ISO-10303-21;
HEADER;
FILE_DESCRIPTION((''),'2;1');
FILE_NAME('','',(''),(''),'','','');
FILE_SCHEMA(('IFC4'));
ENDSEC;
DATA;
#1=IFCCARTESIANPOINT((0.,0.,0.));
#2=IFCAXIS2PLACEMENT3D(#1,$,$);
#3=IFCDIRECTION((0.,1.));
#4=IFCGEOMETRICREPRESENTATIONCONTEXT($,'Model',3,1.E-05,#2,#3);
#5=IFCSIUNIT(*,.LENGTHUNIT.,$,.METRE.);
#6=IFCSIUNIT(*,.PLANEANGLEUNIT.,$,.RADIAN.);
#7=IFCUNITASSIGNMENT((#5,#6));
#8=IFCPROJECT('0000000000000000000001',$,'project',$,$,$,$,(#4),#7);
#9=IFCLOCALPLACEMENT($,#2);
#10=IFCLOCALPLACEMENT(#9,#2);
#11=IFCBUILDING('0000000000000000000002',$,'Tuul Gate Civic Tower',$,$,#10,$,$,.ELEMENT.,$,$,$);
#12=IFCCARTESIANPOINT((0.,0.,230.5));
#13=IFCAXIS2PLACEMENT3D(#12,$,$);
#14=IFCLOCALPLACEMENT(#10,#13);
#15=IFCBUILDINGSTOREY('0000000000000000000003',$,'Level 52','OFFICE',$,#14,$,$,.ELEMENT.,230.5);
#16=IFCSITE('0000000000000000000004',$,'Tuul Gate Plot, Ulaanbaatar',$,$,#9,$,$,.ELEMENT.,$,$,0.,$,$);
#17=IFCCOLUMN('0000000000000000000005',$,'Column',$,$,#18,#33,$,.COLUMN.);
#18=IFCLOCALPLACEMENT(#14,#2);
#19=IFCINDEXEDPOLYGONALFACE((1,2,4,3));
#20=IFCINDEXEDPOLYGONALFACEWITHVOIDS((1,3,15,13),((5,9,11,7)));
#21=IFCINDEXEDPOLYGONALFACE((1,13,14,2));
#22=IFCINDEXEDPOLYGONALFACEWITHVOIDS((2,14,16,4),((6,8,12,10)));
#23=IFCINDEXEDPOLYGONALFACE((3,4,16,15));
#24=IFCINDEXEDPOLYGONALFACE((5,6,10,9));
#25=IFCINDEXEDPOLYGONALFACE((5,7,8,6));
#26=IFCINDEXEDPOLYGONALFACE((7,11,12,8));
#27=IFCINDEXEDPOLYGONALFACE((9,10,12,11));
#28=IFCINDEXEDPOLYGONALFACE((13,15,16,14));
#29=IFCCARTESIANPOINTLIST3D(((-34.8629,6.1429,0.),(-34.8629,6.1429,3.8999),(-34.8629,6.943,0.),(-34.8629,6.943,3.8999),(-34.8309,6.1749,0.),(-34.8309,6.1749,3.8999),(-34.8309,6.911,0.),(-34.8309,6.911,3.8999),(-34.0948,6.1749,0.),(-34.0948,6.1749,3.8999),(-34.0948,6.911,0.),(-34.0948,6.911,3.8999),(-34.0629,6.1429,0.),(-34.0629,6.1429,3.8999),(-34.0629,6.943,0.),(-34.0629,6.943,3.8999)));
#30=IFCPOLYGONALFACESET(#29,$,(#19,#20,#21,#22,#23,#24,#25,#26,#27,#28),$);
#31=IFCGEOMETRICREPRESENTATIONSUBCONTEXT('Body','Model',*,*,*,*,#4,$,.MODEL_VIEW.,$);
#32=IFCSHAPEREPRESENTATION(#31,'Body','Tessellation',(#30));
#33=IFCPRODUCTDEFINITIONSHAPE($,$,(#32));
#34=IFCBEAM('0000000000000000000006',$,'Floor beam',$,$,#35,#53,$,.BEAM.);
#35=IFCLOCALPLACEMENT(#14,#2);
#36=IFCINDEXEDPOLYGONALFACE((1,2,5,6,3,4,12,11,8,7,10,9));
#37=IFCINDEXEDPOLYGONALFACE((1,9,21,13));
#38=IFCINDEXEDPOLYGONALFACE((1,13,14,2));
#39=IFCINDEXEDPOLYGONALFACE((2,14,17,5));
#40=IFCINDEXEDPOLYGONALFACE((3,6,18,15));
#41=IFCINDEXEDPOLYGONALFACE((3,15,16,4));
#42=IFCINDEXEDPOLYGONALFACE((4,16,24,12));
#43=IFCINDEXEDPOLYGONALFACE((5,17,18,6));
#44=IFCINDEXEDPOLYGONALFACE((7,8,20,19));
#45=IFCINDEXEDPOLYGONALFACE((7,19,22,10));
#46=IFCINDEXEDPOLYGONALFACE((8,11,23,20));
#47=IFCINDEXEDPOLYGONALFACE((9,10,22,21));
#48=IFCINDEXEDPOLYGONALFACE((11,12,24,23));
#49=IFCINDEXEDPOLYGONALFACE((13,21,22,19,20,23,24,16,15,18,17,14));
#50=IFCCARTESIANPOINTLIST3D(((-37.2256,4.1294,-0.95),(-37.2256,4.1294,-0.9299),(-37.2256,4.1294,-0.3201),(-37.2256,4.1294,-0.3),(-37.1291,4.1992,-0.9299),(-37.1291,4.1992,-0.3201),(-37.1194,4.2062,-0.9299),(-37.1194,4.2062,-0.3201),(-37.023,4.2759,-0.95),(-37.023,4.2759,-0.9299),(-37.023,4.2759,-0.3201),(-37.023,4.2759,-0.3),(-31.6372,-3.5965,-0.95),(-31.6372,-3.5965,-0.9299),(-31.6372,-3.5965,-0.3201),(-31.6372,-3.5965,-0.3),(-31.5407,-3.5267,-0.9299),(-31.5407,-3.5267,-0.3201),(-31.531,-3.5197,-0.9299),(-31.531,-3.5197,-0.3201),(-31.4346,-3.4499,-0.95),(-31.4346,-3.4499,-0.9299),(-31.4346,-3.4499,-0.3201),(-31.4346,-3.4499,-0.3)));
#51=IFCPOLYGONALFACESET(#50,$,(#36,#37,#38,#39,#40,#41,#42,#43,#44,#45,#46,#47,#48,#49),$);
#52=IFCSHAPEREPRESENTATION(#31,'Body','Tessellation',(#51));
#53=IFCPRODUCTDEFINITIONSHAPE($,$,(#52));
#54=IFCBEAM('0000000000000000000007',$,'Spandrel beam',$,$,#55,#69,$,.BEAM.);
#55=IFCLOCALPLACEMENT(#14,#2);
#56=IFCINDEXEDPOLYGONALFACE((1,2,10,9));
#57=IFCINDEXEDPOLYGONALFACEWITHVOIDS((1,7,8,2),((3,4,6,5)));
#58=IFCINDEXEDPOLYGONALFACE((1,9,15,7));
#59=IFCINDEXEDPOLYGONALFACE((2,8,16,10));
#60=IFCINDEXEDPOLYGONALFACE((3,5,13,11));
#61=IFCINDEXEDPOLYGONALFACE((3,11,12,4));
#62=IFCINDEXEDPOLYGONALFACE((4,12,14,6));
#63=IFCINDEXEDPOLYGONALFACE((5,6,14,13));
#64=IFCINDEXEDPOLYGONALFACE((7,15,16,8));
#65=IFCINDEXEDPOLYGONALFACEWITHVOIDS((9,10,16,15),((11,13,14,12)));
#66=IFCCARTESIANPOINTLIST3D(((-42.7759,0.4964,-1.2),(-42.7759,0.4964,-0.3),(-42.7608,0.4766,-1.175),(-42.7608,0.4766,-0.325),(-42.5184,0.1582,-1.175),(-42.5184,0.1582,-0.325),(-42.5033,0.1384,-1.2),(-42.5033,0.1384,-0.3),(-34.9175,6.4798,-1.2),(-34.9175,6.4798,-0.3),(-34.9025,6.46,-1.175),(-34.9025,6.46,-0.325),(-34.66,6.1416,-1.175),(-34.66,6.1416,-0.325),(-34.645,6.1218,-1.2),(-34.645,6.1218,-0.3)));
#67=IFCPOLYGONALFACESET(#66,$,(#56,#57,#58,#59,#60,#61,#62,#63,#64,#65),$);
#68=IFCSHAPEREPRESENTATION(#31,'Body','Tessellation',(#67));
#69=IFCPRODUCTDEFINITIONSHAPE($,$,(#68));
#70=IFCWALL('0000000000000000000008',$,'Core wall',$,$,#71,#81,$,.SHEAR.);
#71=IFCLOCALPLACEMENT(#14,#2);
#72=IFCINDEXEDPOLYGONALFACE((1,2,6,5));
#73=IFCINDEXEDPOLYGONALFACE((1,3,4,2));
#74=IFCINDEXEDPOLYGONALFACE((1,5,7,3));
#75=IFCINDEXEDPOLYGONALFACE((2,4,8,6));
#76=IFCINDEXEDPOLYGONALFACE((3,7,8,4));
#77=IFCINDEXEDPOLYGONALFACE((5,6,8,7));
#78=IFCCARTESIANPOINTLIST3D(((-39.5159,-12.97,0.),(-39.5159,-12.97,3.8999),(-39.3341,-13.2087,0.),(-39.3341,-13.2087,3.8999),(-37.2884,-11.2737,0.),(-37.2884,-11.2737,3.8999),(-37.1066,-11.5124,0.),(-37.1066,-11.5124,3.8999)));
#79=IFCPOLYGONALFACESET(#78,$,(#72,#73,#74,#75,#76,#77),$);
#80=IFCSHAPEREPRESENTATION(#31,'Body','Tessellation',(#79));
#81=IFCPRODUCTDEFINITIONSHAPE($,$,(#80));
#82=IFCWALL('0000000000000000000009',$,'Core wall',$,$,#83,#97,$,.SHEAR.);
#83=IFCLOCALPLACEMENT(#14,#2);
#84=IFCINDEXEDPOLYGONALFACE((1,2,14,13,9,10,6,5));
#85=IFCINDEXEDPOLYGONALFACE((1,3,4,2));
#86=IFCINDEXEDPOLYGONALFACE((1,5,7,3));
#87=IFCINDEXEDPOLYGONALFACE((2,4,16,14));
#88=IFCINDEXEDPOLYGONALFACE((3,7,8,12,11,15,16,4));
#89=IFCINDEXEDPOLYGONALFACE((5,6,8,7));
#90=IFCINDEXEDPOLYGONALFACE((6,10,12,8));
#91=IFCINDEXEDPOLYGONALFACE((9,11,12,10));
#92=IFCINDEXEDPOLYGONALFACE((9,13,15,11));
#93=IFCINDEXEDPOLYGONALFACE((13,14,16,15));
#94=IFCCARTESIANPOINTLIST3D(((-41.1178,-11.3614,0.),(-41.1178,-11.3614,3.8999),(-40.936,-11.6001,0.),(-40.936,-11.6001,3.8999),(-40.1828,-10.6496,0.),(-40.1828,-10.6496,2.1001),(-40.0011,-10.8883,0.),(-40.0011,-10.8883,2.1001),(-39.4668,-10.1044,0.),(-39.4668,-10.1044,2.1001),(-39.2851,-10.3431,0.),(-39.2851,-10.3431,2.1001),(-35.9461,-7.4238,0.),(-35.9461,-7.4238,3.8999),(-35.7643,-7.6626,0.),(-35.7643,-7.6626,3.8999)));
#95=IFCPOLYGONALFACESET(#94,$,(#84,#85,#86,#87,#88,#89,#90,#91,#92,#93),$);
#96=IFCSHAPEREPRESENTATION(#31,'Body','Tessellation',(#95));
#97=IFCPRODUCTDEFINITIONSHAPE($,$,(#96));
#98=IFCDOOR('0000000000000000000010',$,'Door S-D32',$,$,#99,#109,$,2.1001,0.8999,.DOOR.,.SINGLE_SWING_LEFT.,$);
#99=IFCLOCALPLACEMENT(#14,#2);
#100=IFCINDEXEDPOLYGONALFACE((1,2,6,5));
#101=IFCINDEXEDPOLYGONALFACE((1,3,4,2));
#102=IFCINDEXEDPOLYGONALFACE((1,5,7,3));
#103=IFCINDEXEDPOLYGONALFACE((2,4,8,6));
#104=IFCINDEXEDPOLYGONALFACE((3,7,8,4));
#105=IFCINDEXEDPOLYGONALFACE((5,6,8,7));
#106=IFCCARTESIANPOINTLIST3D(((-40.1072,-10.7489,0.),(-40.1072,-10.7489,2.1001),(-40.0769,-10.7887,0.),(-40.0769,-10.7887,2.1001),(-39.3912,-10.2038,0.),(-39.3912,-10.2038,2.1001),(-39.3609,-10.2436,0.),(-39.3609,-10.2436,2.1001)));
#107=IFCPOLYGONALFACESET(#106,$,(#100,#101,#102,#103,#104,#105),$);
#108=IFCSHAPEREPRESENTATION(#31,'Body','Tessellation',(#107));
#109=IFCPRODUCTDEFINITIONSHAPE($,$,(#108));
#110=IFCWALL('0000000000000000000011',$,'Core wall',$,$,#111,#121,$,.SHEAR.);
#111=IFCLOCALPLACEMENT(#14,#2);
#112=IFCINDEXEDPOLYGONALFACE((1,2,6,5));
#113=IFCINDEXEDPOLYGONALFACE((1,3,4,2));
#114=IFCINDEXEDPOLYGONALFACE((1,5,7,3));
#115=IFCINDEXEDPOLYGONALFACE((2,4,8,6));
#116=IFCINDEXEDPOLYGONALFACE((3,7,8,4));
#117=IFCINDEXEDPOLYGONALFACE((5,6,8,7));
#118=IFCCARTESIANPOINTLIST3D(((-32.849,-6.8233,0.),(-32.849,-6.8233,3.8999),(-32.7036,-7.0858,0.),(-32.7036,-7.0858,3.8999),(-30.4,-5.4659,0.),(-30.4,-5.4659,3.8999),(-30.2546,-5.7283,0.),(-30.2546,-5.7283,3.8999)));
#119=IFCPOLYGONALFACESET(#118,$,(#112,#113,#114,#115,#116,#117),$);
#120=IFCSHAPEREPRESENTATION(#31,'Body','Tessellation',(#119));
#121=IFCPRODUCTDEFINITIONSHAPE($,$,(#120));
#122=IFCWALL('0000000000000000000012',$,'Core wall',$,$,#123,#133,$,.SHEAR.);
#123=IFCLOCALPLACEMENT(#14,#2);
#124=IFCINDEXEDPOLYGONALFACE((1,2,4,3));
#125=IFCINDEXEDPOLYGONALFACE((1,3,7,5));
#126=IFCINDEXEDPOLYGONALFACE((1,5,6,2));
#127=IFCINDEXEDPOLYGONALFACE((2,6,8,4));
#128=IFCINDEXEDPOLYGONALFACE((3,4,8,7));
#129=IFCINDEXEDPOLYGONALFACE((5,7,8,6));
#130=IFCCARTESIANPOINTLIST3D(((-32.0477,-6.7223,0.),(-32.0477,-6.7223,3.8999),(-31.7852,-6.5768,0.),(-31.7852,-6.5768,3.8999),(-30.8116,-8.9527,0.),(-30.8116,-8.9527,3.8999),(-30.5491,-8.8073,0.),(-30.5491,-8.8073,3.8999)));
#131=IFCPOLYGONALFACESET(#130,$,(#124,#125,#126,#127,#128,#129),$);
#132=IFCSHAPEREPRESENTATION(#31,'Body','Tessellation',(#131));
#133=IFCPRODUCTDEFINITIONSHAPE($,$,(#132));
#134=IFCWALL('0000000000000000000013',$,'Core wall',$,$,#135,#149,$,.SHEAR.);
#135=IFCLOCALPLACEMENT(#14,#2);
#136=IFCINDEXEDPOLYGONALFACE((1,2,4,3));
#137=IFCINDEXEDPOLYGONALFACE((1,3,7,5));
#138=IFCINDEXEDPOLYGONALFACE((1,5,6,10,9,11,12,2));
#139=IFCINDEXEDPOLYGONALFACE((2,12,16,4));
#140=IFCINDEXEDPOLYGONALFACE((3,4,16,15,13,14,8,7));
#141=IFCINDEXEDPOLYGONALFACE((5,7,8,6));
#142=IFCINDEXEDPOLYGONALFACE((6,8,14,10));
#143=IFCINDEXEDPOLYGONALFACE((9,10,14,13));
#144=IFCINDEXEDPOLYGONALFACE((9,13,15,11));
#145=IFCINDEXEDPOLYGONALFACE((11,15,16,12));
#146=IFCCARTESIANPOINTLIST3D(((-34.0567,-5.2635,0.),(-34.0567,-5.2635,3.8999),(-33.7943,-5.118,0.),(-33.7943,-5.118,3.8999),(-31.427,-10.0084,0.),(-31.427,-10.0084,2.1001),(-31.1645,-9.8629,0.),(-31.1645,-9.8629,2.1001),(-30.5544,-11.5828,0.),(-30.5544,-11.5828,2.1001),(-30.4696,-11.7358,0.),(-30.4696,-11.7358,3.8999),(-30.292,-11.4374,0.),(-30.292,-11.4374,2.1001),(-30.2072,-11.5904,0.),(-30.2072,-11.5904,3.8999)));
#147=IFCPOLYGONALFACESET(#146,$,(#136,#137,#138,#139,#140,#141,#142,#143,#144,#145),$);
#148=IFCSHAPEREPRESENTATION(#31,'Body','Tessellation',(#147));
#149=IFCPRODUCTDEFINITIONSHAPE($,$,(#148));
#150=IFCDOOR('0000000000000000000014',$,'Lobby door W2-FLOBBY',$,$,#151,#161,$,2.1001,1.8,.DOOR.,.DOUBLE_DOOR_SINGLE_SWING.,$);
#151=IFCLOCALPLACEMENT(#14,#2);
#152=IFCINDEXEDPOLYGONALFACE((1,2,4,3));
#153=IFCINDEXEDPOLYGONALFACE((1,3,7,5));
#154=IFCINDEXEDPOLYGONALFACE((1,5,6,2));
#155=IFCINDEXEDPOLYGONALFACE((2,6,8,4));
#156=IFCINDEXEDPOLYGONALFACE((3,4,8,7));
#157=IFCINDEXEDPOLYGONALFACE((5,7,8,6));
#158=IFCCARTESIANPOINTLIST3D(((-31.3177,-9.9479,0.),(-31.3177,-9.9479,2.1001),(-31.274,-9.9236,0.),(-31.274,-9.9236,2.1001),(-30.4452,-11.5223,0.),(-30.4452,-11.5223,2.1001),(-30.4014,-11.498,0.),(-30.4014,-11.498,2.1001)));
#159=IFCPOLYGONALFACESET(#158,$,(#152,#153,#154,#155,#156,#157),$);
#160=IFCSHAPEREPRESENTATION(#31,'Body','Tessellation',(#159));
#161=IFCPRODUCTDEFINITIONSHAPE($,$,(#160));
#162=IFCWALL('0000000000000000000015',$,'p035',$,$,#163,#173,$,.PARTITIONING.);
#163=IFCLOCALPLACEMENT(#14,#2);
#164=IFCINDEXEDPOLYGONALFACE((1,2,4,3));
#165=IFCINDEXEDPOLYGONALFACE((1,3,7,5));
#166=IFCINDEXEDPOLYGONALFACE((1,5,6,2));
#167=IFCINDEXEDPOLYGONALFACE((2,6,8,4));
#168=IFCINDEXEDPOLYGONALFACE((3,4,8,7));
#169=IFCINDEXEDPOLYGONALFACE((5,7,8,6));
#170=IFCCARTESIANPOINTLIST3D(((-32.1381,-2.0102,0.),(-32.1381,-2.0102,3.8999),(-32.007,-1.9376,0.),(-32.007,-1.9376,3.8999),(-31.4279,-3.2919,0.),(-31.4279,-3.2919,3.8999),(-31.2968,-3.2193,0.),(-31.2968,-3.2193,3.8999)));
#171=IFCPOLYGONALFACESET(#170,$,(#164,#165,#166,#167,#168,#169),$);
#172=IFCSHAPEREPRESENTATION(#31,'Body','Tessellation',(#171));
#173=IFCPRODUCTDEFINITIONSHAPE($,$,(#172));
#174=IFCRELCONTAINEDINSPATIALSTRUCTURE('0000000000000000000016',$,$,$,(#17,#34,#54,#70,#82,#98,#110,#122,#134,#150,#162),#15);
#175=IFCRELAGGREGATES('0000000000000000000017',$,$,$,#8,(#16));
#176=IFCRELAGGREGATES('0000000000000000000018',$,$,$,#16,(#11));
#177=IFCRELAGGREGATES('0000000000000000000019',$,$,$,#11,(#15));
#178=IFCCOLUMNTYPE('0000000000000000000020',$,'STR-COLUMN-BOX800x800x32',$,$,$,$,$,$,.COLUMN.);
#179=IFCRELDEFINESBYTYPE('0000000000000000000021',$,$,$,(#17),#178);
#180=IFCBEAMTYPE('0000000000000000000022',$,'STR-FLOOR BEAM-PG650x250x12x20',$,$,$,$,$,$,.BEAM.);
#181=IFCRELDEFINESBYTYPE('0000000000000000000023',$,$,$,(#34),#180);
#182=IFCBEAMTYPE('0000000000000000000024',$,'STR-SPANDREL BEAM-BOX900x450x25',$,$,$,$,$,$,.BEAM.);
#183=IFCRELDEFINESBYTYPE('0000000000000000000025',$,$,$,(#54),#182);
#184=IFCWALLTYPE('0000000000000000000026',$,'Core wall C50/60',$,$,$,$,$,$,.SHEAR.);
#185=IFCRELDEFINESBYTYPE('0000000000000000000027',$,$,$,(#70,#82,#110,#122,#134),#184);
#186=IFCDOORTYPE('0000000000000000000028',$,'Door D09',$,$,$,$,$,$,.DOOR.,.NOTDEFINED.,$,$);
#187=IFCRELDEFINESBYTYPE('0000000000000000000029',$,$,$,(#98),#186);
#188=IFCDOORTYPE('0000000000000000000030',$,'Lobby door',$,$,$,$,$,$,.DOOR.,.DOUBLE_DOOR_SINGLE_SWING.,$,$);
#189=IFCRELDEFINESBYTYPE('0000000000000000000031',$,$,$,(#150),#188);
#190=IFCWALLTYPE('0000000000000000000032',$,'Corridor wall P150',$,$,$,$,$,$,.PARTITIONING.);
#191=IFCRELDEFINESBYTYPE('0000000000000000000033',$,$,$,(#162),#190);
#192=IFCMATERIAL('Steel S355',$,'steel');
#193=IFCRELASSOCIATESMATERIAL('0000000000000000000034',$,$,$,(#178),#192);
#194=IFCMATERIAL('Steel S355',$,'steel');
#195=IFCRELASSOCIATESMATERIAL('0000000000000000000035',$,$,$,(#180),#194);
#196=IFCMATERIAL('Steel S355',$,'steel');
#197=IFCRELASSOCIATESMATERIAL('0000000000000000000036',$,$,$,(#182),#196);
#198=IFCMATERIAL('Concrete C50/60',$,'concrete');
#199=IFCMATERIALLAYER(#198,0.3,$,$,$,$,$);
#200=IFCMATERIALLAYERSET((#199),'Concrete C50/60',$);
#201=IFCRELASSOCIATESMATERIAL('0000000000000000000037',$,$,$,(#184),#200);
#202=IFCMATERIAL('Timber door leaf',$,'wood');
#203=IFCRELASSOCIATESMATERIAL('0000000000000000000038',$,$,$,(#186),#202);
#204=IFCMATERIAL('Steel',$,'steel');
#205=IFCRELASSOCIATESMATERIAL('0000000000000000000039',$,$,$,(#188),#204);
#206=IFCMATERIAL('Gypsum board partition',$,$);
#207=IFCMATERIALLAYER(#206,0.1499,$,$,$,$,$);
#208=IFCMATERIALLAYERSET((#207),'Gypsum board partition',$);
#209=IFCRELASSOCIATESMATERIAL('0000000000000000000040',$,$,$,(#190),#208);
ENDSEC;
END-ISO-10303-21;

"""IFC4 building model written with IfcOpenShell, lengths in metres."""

from ifc_helpers import new_model, si_unit, direction, frame, frame_2d, origin, origin_2d, place, context, subcontext, project, spatial, rectangle, hollow_rectangle, i_section, extrude, material, layer, layer_set, material_profile, profile_set, type_object, element, fill, save


model = new_model("IFC4")

# Units and contexts
model_context = context("Model", 3, precision=1e-05, world=origin(), true_north=direction((0.0, 1.0)))
body_context = subcontext(model_context, "Body", "Model", "MODEL_VIEW")
ifc_project = project(units=[si_unit("LENGTHUNIT", "METRE"), si_unit("PLANEANGLEUNIT", "RADIAN")], contexts=[model_context])

# Site, building, storey
site_placement = place(None, origin())
site = spatial("IfcSite", under=ifc_project, at=site_placement, Name="Tuul Gate Plot, Ulaanbaatar", CompositionType="ELEMENT", RefElevation=0.0)
building_placement = place(site_placement, origin())
building = spatial("IfcBuilding", under=site, at=building_placement, Name="Tuul Gate Civic Tower", CompositionType="ELEMENT")
storey_placement = place(building_placement, frame((0.0, 0.0, 230.5)))
storey = spatial("IfcBuildingStorey", under=building, at=storey_placement, Name="Level 52", Description="OFFICE", CompositionType="ELEMENT", Elevation=230.5)

# Column
ifc_material_1 = material(Name="Steel S355", Category="steel")
ifc_material_profile_1 = material_profile(ifc_material_1, hollow_rectangle(XDim=0.8, YDim=0.8, WallThickness=0.032, at=origin_2d()), Name="BOX800x800x32")
ifc_profile_set_1 = profile_set([ifc_material_profile_1], Name="Steel S355")
column_type = type_object("IfcColumnType", Name="STR-COLUMN-BOX800x800x32", PredefinedType="COLUMN", material=ifc_profile_set_1)
column_placement = place(storey_placement, frame((-34.4629, 6.543, 0.0), z_axis=(0.0, 0.0, 1.0), x_axis=(1.0, 0.0, 0.0)))
element("IfcColumn", 1, at=column_placement, inside=storey, type_object=column_type, Name="Column", PredefinedType="COLUMN", context=body_context, shape_type="SweptSolid", body=[
    extrude(hollow_rectangle(XDim=0.8, YDim=0.8, WallThickness=0.032, at=origin_2d()), origin(), (0.0, 0.0, 1.0), 3.8999),
])

# Beams
ifc_material_2 = material(Name="Steel S355", Category="steel")
ifc_material_profile_2 = material_profile(ifc_material_2, i_section(OverallWidth=0.25, OverallDepth=0.6499, WebThickness=0.012, FlangeThickness=0.02, at=origin_2d()), Name="PG650x250x12x20")
ifc_profile_set_2 = profile_set([ifc_material_profile_2], Name="Steel S355")
beam_type_1 = type_object("IfcBeamType", Name="STR-FLOOR BEAM-PG650x250x12x20", PredefinedType="BEAM", material=ifc_profile_set_2)
beam_1_placement = place(storey_placement, frame((-31.5359, -3.5232, -0.625), z_axis=(-0.586084, 0.81025, 0.0), x_axis=(-0.81025, -0.586084, 0.0)))
element("IfcBeam", 2, at=beam_1_placement, inside=storey, type_object=beam_type_1, Name="Floor beam", PredefinedType="BEAM", context=body_context, shape_type="SweptSolid", body=[
    extrude(i_section(OverallWidth=0.25, OverallDepth=0.6499, WebThickness=0.012, FlangeThickness=0.02, at=origin_2d()), origin(), (0.0, 0.0, 1.0), 9.5352),
])
ifc_material_3 = material(Name="Steel S355", Category="steel")
ifc_material_profile_3 = material_profile(ifc_material_3, hollow_rectangle(XDim=0.45, YDim=0.8999, WallThickness=0.0249, at=origin_2d()), Name="BOX900x450x25")
ifc_profile_set_3 = profile_set([ifc_material_profile_3], Name="Steel S355")
beam_type_2 = type_object("IfcBeamType", Name="STR-SPANDREL BEAM-BOX900x450x25", PredefinedType="BEAM", material=ifc_profile_set_3)
beam_2_placement = place(storey_placement, frame((-34.7812, 6.3008, -0.75), z_axis=(-0.795625, -0.60579, 0.0), x_axis=(0.60579, -0.795625, 0.0)))
element("IfcBeam", 3, at=beam_2_placement, inside=storey, type_object=beam_type_2, Name="Spandrel beam", PredefinedType="BEAM", context=body_context, shape_type="SweptSolid", body=[
    extrude(hollow_rectangle(XDim=0.45, YDim=0.8999, WallThickness=0.0249, at=origin_2d()), origin(), (0.0, 0.0, 1.0), 9.877),
])

# Wall
ifc_material_4 = material(Name="Concrete C50/60", Category="concrete")
ifc_layer_1 = layer(ifc_material_4, 0.3)
ifc_layer_set_1 = layer_set([ifc_layer_1], Name="Concrete C50/60")
wall_type_1 = type_object("IfcWallType", Name="Core wall C50/60", PredefinedType="SHEAR", material=ifc_layer_set_1)
wall_1_placement = place(storey_placement, frame((-37.1975, -11.3931, 0.0), z_axis=(0.0, 0.0, 1.0), x_axis=(-0.795584, -0.605844, 0.0)))
element("IfcWall", 4, at=wall_1_placement, inside=storey, type_object=wall_type_1, Name="Core wall", PredefinedType="SHEAR", context=body_context, shape_type="SweptSolid", body=[
    extrude(rectangle(XDim=2.7998, YDim=0.3, at=frame_2d((1.3999, 0.0))), origin(), (0.0, 0.0, 1.0), 3.8999),
])

# Wall, opening, door
wall_2_placement = place(storey_placement, frame((-35.8552, -7.5432, 0.0), z_axis=(0.0, 0.0, 1.0), x_axis=(-0.795639, -0.605772, 0.0)))
wall_2 = element("IfcWall", 5, at=wall_2_placement, inside=storey, type_object=wall_type_1, Name="Core wall", PredefinedType="SHEAR", context=body_context, shape_type="SweptSolid", body=[
    extrude(rectangle(XDim=6.5, YDim=0.3, at=frame_2d((3.25, 0.0))), origin(), (0.0, 0.0, 1.0), 3.8999),
])
opening_1_placement = place(wall_2_placement, frame((4.425, 0.0, 0.0)))
opening_1 = element("IfcOpeningElement", 6, at=opening_1_placement, cuts=wall_2, PredefinedType="OPENING", context=body_context, shape_type="SweptSolid", body=[
    extrude(rectangle(XDim=0.8999, YDim=2.1001, at=frame_2d((0.45, 1.05))), frame((0.0, 0.1602, 0.0), z_axis=(0.0, -1.0, 0.0), x_axis=(1.0, 0.0, 0.0)), (0.0, 0.0, 1.0), 0.3201),
])
ifc_material_5 = material(Name="Timber door leaf", Category="wood")
door_type_1 = type_object("IfcDoorType", Name="Door D09", OperationType="NOTDEFINED", PredefinedType="DOOR", material=ifc_material_5)
door_1_placement = place(opening_1_placement, origin())
door_1 = element("IfcDoor", 7, at=door_1_placement, inside=storey, type_object=door_type_1, Name="Door S-D32", OperationType="SINGLE_SWING_LEFT", OverallHeight=2.1001, OverallWidth=0.8999, PredefinedType="DOOR", context=body_context, shape_type="SweptSolid", body=[
    extrude(rectangle(XDim=0.8999, YDim=2.1001, at=frame_2d((0.45, 1.05))), frame((0.0, 0.0249, 0.0), z_axis=(0.0, -1.0, 0.0), x_axis=(1.0, 0.0, 0.0)), (0.0, 0.0, 1.0), 0.05),
])
fill(opening_1, door_1)

# Walls
wall_3_placement = place(storey_placement, frame((-30.3274, -5.5972, 0.0), z_axis=(0.0, 0.0, 1.0), x_axis=(-0.87463, -0.484791, 0.0)))
element("IfcWall", 8, at=wall_3_placement, inside=storey, type_object=wall_type_1, Name="Core wall", PredefinedType="SHEAR", context=body_context, shape_type="SweptSolid", body=[
    extrude(rectangle(XDim=2.8, YDim=0.3, at=frame_2d((1.3999, 0.0))), origin(), (0.0, 0.0, 1.0), 3.8999),
])
wall_4_placement = place(storey_placement, frame((-30.6804, -8.8799, 0.0), z_axis=(0.0, 0.0, 1.0), x_axis=(-0.484724, 0.874667, 0.0)))
element("IfcWall", 9, at=wall_4_placement, inside=storey, type_object=wall_type_1, Name="Core wall", PredefinedType="SHEAR", context=body_context, shape_type="SweptSolid", body=[
    extrude(rectangle(XDim=2.55, YDim=0.3, at=frame_2d((1.2749, 0.0))), origin(), (0.0, 0.0, 1.0), 3.8999),
])

# Wall, opening, door
wall_5_placement = place(storey_placement, frame((-30.3384, -11.6631, 0.0), z_axis=(0.0, 0.0, 1.0), x_axis=(-0.484752, 0.874652, 0.0)))
wall_5 = element("IfcWall", 10, at=wall_5_placement, inside=storey, type_object=wall_type_1, Name="Core wall", PredefinedType="SHEAR", context=body_context, shape_type="SweptSolid", body=[
    extrude(rectangle(XDim=7.3999, YDim=0.3, at=frame_2d((3.7, 0.0))), origin(), (0.0, 0.0, 1.0), 3.8999),
])
opening_2_placement = place(wall_5_placement, frame((0.175, 0.0, 0.0)))
opening_2 = element("IfcOpeningElement", 11, at=opening_2_placement, cuts=wall_5, PredefinedType="OPENING", context=body_context, shape_type="SweptSolid", body=[
    extrude(rectangle(XDim=1.8, YDim=2.1001, at=frame_2d((0.8999, 1.05))), frame((0.0, 0.1602, 0.0), z_axis=(0.0, -1.0, 0.0), x_axis=(1.0, 0.0, 0.0)), (0.0, 0.0, 1.0), 0.3201),
])
ifc_material_6 = material(Name="Steel", Category="steel")
door_type_2 = type_object("IfcDoorType", Name="Lobby door", OperationType="DOUBLE_DOOR_SINGLE_SWING", PredefinedType="DOOR", material=ifc_material_6)
door_2_placement = place(opening_2_placement, frame((1.8, 0.0, 0.0), z_axis=(0.0, 0.0, 1.0), x_axis=(-1.0, 0.0, 0.0)))
door_2 = element("IfcDoor", 12, at=door_2_placement, inside=storey, type_object=door_type_2, Name="Lobby door W2-FLOBBY", OperationType="DOUBLE_DOOR_SINGLE_SWING", OverallHeight=2.1001, OverallWidth=1.8, PredefinedType="DOOR", context=body_context, shape_type="SweptSolid", body=[
    extrude(rectangle(XDim=1.8, YDim=2.1001, at=frame_2d((0.9001, 1.05))), frame((0.0, 0.0249, 0.0), z_axis=(0.0, -1.0, 0.0), x_axis=(1.0, 0.0, 0.0)), (0.0, 0.0, 1.0), 0.05),
])
fill(opening_2, door_2)

# Wall
ifc_material_7 = material(Name="Gypsum board partition")
ifc_layer_2 = layer(ifc_material_7, 0.1499)
ifc_layer_set_2 = layer_set([ifc_layer_2], Name="Gypsum board partition")
wall_type_2 = type_object("IfcWallType", Name="Corridor wall P150", PredefinedType="PARTITIONING", material=ifc_layer_set_2)
wall_6_placement = place(storey_placement, frame((-32.0725, -1.9739, 0.0), z_axis=(0.0, 0.0, 1.0), x_axis=(0.484667, -0.874699, 0.0)))
element("IfcWall", 13, at=wall_6_placement, inside=storey, type_object=wall_type_2, Name="p035", PredefinedType="PARTITIONING", context=body_context, shape_type="SweptSolid", body=[
    extrude(rectangle(XDim=1.4653, YDim=0.1499, at=frame_2d((0.7327, 0.0))), origin(), (0.0, 0.0, 1.0), 3.8999),
])

save(model, "model.ifc")
